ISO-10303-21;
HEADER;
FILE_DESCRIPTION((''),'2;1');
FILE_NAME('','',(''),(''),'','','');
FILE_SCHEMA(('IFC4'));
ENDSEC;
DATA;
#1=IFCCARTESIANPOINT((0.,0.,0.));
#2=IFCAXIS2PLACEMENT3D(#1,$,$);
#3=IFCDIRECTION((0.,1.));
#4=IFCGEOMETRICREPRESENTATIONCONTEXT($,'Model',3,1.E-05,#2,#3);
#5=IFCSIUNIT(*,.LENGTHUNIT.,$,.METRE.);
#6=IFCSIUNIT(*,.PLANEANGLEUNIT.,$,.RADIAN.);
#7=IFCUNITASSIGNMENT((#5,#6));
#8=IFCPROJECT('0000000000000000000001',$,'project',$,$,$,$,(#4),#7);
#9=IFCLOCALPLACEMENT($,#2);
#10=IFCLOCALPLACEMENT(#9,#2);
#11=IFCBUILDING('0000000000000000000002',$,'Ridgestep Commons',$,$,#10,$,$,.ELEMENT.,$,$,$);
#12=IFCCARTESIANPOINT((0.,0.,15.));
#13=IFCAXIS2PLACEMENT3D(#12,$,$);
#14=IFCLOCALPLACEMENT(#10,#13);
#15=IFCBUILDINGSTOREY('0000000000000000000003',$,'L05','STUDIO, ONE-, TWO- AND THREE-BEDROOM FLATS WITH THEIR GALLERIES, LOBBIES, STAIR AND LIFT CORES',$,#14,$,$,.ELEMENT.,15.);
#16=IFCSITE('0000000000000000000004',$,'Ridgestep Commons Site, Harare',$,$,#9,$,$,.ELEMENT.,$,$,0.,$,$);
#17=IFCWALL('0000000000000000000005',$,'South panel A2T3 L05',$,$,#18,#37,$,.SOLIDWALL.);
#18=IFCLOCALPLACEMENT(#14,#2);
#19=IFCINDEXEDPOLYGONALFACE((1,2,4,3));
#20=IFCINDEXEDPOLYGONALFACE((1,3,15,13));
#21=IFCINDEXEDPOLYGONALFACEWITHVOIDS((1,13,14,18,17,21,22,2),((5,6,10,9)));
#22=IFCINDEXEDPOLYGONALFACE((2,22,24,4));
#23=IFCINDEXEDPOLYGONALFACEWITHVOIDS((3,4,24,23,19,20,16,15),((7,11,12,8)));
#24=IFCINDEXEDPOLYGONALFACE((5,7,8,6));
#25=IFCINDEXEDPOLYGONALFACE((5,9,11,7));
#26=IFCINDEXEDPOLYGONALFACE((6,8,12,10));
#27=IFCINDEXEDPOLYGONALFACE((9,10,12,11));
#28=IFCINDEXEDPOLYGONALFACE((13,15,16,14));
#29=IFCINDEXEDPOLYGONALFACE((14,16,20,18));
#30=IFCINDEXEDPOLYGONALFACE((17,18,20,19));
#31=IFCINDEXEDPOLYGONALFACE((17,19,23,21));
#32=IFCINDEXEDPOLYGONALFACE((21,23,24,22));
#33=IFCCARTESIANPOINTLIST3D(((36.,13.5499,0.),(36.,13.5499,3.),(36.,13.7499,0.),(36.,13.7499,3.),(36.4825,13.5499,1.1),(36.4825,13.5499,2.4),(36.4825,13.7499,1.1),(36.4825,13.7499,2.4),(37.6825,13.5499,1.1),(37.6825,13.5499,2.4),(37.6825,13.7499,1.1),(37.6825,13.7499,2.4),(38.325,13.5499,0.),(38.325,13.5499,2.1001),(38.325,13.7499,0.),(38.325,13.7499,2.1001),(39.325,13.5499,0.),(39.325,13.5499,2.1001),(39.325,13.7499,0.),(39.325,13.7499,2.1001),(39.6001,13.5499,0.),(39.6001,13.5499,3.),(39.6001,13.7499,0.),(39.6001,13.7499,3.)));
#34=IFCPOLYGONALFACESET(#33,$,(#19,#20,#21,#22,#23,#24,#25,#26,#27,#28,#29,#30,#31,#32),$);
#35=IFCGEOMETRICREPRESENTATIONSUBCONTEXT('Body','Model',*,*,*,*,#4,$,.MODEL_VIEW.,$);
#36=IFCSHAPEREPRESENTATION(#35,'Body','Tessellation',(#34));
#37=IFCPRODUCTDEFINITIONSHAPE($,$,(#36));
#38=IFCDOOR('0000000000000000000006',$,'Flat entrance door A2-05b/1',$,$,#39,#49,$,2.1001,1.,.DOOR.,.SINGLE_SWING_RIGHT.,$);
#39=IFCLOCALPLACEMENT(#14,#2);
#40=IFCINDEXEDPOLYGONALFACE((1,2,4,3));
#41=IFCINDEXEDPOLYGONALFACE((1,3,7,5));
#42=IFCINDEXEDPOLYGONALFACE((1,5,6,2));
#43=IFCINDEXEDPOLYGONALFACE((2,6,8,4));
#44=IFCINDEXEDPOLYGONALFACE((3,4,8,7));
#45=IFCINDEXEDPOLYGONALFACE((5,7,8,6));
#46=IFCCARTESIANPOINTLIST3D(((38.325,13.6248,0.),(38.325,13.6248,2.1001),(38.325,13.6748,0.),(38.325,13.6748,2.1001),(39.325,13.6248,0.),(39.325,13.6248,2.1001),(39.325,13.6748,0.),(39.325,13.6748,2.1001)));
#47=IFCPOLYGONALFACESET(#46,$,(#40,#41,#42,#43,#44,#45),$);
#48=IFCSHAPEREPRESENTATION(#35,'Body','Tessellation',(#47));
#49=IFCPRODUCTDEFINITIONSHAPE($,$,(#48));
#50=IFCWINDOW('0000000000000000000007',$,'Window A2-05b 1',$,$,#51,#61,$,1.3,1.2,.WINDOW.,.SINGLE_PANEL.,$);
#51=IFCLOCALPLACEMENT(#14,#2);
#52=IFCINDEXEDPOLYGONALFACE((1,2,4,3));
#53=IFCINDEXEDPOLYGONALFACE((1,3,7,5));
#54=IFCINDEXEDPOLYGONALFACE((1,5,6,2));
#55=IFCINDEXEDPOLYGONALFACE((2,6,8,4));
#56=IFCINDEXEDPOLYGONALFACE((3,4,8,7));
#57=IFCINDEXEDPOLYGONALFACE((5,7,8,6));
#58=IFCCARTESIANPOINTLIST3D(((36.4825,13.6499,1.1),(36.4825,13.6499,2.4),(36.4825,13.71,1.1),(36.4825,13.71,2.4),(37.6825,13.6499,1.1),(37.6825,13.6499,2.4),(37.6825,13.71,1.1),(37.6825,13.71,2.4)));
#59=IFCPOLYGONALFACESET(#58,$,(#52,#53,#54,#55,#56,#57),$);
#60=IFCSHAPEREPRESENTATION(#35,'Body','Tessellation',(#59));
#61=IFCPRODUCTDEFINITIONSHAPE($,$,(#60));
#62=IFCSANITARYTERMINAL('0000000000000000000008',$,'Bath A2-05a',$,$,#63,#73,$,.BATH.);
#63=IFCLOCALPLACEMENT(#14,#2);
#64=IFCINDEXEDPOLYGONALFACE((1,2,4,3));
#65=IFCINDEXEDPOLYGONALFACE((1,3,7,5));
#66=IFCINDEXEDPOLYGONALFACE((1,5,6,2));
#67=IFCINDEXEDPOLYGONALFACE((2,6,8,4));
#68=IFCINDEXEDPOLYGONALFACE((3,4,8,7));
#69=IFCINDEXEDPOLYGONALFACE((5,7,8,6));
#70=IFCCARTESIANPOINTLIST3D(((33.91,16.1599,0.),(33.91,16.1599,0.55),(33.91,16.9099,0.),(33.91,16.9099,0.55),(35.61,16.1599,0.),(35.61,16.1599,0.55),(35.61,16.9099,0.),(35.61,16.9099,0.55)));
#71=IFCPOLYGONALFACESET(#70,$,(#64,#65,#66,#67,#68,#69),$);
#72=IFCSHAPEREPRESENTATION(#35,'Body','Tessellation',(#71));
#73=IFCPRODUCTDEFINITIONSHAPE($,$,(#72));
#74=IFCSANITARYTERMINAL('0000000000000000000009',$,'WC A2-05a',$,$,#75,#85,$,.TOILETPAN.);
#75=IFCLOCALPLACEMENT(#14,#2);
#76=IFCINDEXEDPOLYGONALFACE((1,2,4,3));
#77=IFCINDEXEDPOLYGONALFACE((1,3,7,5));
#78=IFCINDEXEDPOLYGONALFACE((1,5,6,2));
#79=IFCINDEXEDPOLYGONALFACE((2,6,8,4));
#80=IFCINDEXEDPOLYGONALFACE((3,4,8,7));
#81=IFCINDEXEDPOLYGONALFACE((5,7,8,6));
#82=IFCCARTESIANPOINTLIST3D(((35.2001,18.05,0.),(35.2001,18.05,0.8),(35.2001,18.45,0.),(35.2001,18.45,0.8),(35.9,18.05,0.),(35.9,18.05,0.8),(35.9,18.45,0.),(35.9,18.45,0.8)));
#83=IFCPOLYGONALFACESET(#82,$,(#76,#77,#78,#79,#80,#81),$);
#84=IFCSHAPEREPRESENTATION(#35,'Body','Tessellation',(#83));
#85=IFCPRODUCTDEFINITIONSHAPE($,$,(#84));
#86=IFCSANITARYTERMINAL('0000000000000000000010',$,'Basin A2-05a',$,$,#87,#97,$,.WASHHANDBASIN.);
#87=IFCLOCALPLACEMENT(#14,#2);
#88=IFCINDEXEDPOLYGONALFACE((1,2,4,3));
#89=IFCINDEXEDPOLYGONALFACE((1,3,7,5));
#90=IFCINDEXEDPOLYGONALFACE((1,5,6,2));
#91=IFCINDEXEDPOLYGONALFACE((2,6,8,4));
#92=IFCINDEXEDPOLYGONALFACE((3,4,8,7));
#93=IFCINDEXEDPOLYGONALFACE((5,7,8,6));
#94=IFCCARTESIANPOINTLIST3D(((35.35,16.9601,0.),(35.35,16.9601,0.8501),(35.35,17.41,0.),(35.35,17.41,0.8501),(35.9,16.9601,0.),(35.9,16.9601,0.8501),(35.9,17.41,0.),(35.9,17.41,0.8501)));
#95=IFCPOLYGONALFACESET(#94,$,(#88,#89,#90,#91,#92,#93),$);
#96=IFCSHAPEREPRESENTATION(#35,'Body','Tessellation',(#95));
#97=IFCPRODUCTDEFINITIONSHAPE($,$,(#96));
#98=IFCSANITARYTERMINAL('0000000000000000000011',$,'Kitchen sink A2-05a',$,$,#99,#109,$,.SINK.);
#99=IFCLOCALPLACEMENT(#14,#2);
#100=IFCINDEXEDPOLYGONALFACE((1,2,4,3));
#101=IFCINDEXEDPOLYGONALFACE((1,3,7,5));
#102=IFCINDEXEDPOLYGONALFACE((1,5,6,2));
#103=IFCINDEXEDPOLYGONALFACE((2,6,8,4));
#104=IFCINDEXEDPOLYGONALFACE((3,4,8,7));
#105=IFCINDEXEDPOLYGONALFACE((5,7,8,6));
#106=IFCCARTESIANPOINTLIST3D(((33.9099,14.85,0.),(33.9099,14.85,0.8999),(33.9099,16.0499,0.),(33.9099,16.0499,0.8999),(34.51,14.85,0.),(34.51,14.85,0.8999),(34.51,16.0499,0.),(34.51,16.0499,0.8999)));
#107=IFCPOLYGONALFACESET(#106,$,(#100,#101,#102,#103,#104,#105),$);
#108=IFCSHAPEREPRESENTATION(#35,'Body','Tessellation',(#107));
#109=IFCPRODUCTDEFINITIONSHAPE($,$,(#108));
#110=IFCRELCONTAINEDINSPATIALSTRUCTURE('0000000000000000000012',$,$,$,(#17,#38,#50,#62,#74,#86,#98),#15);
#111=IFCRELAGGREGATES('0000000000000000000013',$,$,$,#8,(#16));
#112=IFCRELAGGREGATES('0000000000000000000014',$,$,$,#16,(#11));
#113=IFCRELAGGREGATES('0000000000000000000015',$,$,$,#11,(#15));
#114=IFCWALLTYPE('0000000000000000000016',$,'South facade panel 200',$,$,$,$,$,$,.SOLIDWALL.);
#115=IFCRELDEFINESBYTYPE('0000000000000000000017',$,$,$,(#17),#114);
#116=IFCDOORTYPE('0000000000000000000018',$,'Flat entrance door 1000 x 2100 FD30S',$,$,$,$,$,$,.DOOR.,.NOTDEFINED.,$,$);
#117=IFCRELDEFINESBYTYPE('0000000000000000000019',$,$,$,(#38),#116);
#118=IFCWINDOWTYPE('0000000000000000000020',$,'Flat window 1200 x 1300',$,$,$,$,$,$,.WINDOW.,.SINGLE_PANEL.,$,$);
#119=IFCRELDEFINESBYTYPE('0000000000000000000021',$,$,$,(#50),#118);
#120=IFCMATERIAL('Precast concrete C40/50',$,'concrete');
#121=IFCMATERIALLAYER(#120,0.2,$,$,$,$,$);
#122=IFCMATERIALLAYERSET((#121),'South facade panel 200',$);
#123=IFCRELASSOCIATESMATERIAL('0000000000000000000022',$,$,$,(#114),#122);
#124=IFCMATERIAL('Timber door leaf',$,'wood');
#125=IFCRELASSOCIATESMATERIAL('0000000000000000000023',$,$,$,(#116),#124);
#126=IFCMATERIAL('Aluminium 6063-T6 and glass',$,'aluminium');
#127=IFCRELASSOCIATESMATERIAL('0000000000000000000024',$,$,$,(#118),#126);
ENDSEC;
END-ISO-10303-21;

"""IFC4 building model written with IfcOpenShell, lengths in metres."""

from ifc_helpers import new_model, si_unit, direction, frame, frame_2d, origin, origin_2d, place, context, subcontext, project, spatial, rectangle, extrude, material, layer, layer_set, type_object, element, fill, save


model = new_model("IFC4")

# Units and contexts
model_context = context("Model", 3, precision=1e-05, world=origin(), true_north=direction((0.0, 1.0)))
body_context = subcontext(model_context, "Body", "Model", "MODEL_VIEW")
ifc_project = project(units=[si_unit("LENGTHUNIT", "METRE"), si_unit("PLANEANGLEUNIT", "RADIAN")], contexts=[model_context])

# Site, building, storey
site_placement = place(None, origin())
site = spatial("IfcSite", under=ifc_project, at=site_placement, Name="Ridgestep Commons Site, Harare", CompositionType="ELEMENT", RefElevation=0.0)
building_placement = place(site_placement, origin())
building = spatial("IfcBuilding", under=site, at=building_placement, Name="Ridgestep Commons", CompositionType="ELEMENT")
storey_placement = place(building_placement, frame((0.0, 0.0, 15.0)))
storey = spatial("IfcBuildingStorey", under=building, at=storey_placement, Name="L05", Description="STUDIO, ONE-, TWO- AND THREE-BEDROOM FLATS WITH THEIR GALLERIES, LOBBIES, STAIR AND LIFT CORES", CompositionType="ELEMENT", Elevation=15.0)

# Shared definitions
ifc_material_1 = material(Name="Precast concrete C40/50", Category="concrete")
ifc_layer_1 = layer(ifc_material_1, 0.2)
ifc_layer_set_1 = layer_set([ifc_layer_1], Name="South facade panel 200")
wall_type_1 = type_object("IfcWallType", Name="South facade panel 200", PredefinedType="SOLIDWALL", material=ifc_layer_set_1)

# Wall, openings, door, window
ifc_material_2 = material(Name="Timber door leaf", Category="wood")
door_type_1 = type_object("IfcDoorType", Name="Flat entrance door 1000 x 2100 FD30S", OperationType="NOTDEFINED", PredefinedType="DOOR", material=ifc_material_2)
ifc_material_3 = material(Name="Aluminium 6063-T6 and glass", Category="aluminium")
window_type_1 = type_object("IfcWindowType", Name="Flat window 1200 x 1300", PartitioningType="SINGLE_PANEL", PredefinedType="WINDOW", material=ifc_material_3)
wall_1_placement = place(storey_placement, frame((36.0, 13.6499, 0.0), z_axis=(0.0, 0.0, 1.0), x_axis=(1.0, 0.0, 0.0)))
wall_1 = element("IfcWall", 1, at=wall_1_placement, inside=storey, type_object=wall_type_1, Name="South panel A2T3 L05", PredefinedType="SOLIDWALL", context=body_context, shape_type="SweptSolid", body=[
    extrude(rectangle(XDim=3.6001, YDim=0.2, at=frame_2d((1.8, 0.0))), origin(), (0.0, 0.0, 1.0), 3.0),
])
opening_1_placement = place(wall_1_placement, frame((0.4824, 0.0, 1.1001)))
opening_1 = element("IfcOpeningElement", 2, at=opening_1_placement, cuts=wall_1, PredefinedType="OPENING", context=body_context, shape_type="SweptSolid", body=[
    extrude(rectangle(XDim=1.2, YDim=1.3, at=frame_2d((0.6001, 0.6499))), frame((0.0, 0.1099, 0.0), z_axis=(0.0, -1.0, 0.0), x_axis=(1.0, 0.0, 0.0)), (0.0, 0.0, 1.0), 0.22),
])
opening_2_placement = place(wall_1_placement, frame((2.325, 0.0, 0.0)))
opening_2 = element("IfcOpeningElement", 3, at=opening_2_placement, cuts=wall_1, PredefinedType="OPENING", context=body_context, shape_type="SweptSolid", body=[
    extrude(rectangle(XDim=1.0, YDim=2.1001, at=frame_2d((0.5, 1.05))), frame((0.0, 0.1099, 0.0), z_axis=(0.0, -1.0, 0.0), x_axis=(1.0, 0.0, 0.0)), (0.0, 0.0, 1.0), 0.22),
])
door_1_placement = place(opening_2_placement, origin())
door_1 = element("IfcDoor", 4, at=door_1_placement, inside=storey, type_object=door_type_1, Name="Flat entrance door A2-05b/1", OperationType="SINGLE_SWING_RIGHT", OverallHeight=2.1001, OverallWidth=1.0, PredefinedType="DOOR", context=body_context, shape_type="SweptSolid", body=[
    extrude(rectangle(XDim=1.0, YDim=2.1001, at=frame_2d((0.5, 1.05))), frame((0.0, 0.0249, 0.0), z_axis=(0.0, -1.0, 0.0), x_axis=(1.0, 0.0, 0.0)), (0.0, 0.0, 1.0), 0.05),
])
fill(opening_2, door_1)
window_1_placement = place(opening_1_placement, origin())
window_1 = element("IfcWindow", 5, at=window_1_placement, inside=storey, type_object=window_type_1, Name="Window A2-05b 1", OverallHeight=1.3, OverallWidth=1.2, PartitioningType="SINGLE_PANEL", PredefinedType="WINDOW", context=body_context, shape_type="SweptSolid", body=[
    extrude(rectangle(XDim=1.2, YDim=1.3, at=frame_2d((0.6001, 0.6499))), frame((0.0, 0.0601, 0.0), z_axis=(0.0, -1.0, 0.0), x_axis=(1.0, 0.0, 0.0)), (0.0, 0.0, 1.0), 0.0601),
])
fill(opening_1, window_1)

# Sanitary terminals
sanitary_terminal_1_placement = place(storey_placement, frame((34.76, 16.5349, 0.0), z_axis=(0.0, 0.0, 1.0), x_axis=(1.0, 0.0, 0.0)))
element("IfcSanitaryTerminal", 6, at=sanitary_terminal_1_placement, inside=storey, Name="Bath A2-05a", PredefinedType="BATH", context=body_context, shape_type="SweptSolid", body=[
    extrude(rectangle(XDim=1.7, YDim=0.75, at=origin_2d()), origin(), (0.0, 0.0, 1.0), 0.55),
])
sanitary_terminal_2_placement = place(storey_placement, frame((35.55, 18.25, 0.0), z_axis=(0.0, 0.0, 1.0), x_axis=(1.0, 0.0, 0.0)))
element("IfcSanitaryTerminal", 7, at=sanitary_terminal_2_placement, inside=storey, Name="WC A2-05a", PredefinedType="TOILETPAN", context=body_context, shape_type="SweptSolid", body=[
    extrude(rectangle(XDim=0.7, YDim=0.3999, at=origin_2d()), origin(), (0.0, 0.0, 1.0), 0.8),
])
sanitary_terminal_3_placement = place(storey_placement, frame((35.625, 17.1851, 0.0), z_axis=(0.0, 0.0, 1.0), x_axis=(1.0, 0.0, 0.0)))
element("IfcSanitaryTerminal", 8, at=sanitary_terminal_3_placement, inside=storey, Name="Basin A2-05a", PredefinedType="WASHHANDBASIN", context=body_context, shape_type="SweptSolid", body=[
    extrude(rectangle(XDim=0.55, YDim=0.45, at=origin_2d()), origin(), (0.0, 0.0, 1.0), 0.8501),
])
sanitary_terminal_4_placement = place(storey_placement, frame((34.21, 15.45, 0.0), z_axis=(0.0, 0.0, 1.0), x_axis=(1.0, 0.0, 0.0)))
element("IfcSanitaryTerminal", 9, at=sanitary_terminal_4_placement, inside=storey, Name="Kitchen sink A2-05a", PredefinedType="SINK", context=body_context, shape_type="SweptSolid", body=[
    extrude(rectangle(XDim=0.6001, YDim=1.2, at=origin_2d()), origin(), (0.0, 0.0, 1.0), 0.8999),
])

save(model, "model.ifc")
